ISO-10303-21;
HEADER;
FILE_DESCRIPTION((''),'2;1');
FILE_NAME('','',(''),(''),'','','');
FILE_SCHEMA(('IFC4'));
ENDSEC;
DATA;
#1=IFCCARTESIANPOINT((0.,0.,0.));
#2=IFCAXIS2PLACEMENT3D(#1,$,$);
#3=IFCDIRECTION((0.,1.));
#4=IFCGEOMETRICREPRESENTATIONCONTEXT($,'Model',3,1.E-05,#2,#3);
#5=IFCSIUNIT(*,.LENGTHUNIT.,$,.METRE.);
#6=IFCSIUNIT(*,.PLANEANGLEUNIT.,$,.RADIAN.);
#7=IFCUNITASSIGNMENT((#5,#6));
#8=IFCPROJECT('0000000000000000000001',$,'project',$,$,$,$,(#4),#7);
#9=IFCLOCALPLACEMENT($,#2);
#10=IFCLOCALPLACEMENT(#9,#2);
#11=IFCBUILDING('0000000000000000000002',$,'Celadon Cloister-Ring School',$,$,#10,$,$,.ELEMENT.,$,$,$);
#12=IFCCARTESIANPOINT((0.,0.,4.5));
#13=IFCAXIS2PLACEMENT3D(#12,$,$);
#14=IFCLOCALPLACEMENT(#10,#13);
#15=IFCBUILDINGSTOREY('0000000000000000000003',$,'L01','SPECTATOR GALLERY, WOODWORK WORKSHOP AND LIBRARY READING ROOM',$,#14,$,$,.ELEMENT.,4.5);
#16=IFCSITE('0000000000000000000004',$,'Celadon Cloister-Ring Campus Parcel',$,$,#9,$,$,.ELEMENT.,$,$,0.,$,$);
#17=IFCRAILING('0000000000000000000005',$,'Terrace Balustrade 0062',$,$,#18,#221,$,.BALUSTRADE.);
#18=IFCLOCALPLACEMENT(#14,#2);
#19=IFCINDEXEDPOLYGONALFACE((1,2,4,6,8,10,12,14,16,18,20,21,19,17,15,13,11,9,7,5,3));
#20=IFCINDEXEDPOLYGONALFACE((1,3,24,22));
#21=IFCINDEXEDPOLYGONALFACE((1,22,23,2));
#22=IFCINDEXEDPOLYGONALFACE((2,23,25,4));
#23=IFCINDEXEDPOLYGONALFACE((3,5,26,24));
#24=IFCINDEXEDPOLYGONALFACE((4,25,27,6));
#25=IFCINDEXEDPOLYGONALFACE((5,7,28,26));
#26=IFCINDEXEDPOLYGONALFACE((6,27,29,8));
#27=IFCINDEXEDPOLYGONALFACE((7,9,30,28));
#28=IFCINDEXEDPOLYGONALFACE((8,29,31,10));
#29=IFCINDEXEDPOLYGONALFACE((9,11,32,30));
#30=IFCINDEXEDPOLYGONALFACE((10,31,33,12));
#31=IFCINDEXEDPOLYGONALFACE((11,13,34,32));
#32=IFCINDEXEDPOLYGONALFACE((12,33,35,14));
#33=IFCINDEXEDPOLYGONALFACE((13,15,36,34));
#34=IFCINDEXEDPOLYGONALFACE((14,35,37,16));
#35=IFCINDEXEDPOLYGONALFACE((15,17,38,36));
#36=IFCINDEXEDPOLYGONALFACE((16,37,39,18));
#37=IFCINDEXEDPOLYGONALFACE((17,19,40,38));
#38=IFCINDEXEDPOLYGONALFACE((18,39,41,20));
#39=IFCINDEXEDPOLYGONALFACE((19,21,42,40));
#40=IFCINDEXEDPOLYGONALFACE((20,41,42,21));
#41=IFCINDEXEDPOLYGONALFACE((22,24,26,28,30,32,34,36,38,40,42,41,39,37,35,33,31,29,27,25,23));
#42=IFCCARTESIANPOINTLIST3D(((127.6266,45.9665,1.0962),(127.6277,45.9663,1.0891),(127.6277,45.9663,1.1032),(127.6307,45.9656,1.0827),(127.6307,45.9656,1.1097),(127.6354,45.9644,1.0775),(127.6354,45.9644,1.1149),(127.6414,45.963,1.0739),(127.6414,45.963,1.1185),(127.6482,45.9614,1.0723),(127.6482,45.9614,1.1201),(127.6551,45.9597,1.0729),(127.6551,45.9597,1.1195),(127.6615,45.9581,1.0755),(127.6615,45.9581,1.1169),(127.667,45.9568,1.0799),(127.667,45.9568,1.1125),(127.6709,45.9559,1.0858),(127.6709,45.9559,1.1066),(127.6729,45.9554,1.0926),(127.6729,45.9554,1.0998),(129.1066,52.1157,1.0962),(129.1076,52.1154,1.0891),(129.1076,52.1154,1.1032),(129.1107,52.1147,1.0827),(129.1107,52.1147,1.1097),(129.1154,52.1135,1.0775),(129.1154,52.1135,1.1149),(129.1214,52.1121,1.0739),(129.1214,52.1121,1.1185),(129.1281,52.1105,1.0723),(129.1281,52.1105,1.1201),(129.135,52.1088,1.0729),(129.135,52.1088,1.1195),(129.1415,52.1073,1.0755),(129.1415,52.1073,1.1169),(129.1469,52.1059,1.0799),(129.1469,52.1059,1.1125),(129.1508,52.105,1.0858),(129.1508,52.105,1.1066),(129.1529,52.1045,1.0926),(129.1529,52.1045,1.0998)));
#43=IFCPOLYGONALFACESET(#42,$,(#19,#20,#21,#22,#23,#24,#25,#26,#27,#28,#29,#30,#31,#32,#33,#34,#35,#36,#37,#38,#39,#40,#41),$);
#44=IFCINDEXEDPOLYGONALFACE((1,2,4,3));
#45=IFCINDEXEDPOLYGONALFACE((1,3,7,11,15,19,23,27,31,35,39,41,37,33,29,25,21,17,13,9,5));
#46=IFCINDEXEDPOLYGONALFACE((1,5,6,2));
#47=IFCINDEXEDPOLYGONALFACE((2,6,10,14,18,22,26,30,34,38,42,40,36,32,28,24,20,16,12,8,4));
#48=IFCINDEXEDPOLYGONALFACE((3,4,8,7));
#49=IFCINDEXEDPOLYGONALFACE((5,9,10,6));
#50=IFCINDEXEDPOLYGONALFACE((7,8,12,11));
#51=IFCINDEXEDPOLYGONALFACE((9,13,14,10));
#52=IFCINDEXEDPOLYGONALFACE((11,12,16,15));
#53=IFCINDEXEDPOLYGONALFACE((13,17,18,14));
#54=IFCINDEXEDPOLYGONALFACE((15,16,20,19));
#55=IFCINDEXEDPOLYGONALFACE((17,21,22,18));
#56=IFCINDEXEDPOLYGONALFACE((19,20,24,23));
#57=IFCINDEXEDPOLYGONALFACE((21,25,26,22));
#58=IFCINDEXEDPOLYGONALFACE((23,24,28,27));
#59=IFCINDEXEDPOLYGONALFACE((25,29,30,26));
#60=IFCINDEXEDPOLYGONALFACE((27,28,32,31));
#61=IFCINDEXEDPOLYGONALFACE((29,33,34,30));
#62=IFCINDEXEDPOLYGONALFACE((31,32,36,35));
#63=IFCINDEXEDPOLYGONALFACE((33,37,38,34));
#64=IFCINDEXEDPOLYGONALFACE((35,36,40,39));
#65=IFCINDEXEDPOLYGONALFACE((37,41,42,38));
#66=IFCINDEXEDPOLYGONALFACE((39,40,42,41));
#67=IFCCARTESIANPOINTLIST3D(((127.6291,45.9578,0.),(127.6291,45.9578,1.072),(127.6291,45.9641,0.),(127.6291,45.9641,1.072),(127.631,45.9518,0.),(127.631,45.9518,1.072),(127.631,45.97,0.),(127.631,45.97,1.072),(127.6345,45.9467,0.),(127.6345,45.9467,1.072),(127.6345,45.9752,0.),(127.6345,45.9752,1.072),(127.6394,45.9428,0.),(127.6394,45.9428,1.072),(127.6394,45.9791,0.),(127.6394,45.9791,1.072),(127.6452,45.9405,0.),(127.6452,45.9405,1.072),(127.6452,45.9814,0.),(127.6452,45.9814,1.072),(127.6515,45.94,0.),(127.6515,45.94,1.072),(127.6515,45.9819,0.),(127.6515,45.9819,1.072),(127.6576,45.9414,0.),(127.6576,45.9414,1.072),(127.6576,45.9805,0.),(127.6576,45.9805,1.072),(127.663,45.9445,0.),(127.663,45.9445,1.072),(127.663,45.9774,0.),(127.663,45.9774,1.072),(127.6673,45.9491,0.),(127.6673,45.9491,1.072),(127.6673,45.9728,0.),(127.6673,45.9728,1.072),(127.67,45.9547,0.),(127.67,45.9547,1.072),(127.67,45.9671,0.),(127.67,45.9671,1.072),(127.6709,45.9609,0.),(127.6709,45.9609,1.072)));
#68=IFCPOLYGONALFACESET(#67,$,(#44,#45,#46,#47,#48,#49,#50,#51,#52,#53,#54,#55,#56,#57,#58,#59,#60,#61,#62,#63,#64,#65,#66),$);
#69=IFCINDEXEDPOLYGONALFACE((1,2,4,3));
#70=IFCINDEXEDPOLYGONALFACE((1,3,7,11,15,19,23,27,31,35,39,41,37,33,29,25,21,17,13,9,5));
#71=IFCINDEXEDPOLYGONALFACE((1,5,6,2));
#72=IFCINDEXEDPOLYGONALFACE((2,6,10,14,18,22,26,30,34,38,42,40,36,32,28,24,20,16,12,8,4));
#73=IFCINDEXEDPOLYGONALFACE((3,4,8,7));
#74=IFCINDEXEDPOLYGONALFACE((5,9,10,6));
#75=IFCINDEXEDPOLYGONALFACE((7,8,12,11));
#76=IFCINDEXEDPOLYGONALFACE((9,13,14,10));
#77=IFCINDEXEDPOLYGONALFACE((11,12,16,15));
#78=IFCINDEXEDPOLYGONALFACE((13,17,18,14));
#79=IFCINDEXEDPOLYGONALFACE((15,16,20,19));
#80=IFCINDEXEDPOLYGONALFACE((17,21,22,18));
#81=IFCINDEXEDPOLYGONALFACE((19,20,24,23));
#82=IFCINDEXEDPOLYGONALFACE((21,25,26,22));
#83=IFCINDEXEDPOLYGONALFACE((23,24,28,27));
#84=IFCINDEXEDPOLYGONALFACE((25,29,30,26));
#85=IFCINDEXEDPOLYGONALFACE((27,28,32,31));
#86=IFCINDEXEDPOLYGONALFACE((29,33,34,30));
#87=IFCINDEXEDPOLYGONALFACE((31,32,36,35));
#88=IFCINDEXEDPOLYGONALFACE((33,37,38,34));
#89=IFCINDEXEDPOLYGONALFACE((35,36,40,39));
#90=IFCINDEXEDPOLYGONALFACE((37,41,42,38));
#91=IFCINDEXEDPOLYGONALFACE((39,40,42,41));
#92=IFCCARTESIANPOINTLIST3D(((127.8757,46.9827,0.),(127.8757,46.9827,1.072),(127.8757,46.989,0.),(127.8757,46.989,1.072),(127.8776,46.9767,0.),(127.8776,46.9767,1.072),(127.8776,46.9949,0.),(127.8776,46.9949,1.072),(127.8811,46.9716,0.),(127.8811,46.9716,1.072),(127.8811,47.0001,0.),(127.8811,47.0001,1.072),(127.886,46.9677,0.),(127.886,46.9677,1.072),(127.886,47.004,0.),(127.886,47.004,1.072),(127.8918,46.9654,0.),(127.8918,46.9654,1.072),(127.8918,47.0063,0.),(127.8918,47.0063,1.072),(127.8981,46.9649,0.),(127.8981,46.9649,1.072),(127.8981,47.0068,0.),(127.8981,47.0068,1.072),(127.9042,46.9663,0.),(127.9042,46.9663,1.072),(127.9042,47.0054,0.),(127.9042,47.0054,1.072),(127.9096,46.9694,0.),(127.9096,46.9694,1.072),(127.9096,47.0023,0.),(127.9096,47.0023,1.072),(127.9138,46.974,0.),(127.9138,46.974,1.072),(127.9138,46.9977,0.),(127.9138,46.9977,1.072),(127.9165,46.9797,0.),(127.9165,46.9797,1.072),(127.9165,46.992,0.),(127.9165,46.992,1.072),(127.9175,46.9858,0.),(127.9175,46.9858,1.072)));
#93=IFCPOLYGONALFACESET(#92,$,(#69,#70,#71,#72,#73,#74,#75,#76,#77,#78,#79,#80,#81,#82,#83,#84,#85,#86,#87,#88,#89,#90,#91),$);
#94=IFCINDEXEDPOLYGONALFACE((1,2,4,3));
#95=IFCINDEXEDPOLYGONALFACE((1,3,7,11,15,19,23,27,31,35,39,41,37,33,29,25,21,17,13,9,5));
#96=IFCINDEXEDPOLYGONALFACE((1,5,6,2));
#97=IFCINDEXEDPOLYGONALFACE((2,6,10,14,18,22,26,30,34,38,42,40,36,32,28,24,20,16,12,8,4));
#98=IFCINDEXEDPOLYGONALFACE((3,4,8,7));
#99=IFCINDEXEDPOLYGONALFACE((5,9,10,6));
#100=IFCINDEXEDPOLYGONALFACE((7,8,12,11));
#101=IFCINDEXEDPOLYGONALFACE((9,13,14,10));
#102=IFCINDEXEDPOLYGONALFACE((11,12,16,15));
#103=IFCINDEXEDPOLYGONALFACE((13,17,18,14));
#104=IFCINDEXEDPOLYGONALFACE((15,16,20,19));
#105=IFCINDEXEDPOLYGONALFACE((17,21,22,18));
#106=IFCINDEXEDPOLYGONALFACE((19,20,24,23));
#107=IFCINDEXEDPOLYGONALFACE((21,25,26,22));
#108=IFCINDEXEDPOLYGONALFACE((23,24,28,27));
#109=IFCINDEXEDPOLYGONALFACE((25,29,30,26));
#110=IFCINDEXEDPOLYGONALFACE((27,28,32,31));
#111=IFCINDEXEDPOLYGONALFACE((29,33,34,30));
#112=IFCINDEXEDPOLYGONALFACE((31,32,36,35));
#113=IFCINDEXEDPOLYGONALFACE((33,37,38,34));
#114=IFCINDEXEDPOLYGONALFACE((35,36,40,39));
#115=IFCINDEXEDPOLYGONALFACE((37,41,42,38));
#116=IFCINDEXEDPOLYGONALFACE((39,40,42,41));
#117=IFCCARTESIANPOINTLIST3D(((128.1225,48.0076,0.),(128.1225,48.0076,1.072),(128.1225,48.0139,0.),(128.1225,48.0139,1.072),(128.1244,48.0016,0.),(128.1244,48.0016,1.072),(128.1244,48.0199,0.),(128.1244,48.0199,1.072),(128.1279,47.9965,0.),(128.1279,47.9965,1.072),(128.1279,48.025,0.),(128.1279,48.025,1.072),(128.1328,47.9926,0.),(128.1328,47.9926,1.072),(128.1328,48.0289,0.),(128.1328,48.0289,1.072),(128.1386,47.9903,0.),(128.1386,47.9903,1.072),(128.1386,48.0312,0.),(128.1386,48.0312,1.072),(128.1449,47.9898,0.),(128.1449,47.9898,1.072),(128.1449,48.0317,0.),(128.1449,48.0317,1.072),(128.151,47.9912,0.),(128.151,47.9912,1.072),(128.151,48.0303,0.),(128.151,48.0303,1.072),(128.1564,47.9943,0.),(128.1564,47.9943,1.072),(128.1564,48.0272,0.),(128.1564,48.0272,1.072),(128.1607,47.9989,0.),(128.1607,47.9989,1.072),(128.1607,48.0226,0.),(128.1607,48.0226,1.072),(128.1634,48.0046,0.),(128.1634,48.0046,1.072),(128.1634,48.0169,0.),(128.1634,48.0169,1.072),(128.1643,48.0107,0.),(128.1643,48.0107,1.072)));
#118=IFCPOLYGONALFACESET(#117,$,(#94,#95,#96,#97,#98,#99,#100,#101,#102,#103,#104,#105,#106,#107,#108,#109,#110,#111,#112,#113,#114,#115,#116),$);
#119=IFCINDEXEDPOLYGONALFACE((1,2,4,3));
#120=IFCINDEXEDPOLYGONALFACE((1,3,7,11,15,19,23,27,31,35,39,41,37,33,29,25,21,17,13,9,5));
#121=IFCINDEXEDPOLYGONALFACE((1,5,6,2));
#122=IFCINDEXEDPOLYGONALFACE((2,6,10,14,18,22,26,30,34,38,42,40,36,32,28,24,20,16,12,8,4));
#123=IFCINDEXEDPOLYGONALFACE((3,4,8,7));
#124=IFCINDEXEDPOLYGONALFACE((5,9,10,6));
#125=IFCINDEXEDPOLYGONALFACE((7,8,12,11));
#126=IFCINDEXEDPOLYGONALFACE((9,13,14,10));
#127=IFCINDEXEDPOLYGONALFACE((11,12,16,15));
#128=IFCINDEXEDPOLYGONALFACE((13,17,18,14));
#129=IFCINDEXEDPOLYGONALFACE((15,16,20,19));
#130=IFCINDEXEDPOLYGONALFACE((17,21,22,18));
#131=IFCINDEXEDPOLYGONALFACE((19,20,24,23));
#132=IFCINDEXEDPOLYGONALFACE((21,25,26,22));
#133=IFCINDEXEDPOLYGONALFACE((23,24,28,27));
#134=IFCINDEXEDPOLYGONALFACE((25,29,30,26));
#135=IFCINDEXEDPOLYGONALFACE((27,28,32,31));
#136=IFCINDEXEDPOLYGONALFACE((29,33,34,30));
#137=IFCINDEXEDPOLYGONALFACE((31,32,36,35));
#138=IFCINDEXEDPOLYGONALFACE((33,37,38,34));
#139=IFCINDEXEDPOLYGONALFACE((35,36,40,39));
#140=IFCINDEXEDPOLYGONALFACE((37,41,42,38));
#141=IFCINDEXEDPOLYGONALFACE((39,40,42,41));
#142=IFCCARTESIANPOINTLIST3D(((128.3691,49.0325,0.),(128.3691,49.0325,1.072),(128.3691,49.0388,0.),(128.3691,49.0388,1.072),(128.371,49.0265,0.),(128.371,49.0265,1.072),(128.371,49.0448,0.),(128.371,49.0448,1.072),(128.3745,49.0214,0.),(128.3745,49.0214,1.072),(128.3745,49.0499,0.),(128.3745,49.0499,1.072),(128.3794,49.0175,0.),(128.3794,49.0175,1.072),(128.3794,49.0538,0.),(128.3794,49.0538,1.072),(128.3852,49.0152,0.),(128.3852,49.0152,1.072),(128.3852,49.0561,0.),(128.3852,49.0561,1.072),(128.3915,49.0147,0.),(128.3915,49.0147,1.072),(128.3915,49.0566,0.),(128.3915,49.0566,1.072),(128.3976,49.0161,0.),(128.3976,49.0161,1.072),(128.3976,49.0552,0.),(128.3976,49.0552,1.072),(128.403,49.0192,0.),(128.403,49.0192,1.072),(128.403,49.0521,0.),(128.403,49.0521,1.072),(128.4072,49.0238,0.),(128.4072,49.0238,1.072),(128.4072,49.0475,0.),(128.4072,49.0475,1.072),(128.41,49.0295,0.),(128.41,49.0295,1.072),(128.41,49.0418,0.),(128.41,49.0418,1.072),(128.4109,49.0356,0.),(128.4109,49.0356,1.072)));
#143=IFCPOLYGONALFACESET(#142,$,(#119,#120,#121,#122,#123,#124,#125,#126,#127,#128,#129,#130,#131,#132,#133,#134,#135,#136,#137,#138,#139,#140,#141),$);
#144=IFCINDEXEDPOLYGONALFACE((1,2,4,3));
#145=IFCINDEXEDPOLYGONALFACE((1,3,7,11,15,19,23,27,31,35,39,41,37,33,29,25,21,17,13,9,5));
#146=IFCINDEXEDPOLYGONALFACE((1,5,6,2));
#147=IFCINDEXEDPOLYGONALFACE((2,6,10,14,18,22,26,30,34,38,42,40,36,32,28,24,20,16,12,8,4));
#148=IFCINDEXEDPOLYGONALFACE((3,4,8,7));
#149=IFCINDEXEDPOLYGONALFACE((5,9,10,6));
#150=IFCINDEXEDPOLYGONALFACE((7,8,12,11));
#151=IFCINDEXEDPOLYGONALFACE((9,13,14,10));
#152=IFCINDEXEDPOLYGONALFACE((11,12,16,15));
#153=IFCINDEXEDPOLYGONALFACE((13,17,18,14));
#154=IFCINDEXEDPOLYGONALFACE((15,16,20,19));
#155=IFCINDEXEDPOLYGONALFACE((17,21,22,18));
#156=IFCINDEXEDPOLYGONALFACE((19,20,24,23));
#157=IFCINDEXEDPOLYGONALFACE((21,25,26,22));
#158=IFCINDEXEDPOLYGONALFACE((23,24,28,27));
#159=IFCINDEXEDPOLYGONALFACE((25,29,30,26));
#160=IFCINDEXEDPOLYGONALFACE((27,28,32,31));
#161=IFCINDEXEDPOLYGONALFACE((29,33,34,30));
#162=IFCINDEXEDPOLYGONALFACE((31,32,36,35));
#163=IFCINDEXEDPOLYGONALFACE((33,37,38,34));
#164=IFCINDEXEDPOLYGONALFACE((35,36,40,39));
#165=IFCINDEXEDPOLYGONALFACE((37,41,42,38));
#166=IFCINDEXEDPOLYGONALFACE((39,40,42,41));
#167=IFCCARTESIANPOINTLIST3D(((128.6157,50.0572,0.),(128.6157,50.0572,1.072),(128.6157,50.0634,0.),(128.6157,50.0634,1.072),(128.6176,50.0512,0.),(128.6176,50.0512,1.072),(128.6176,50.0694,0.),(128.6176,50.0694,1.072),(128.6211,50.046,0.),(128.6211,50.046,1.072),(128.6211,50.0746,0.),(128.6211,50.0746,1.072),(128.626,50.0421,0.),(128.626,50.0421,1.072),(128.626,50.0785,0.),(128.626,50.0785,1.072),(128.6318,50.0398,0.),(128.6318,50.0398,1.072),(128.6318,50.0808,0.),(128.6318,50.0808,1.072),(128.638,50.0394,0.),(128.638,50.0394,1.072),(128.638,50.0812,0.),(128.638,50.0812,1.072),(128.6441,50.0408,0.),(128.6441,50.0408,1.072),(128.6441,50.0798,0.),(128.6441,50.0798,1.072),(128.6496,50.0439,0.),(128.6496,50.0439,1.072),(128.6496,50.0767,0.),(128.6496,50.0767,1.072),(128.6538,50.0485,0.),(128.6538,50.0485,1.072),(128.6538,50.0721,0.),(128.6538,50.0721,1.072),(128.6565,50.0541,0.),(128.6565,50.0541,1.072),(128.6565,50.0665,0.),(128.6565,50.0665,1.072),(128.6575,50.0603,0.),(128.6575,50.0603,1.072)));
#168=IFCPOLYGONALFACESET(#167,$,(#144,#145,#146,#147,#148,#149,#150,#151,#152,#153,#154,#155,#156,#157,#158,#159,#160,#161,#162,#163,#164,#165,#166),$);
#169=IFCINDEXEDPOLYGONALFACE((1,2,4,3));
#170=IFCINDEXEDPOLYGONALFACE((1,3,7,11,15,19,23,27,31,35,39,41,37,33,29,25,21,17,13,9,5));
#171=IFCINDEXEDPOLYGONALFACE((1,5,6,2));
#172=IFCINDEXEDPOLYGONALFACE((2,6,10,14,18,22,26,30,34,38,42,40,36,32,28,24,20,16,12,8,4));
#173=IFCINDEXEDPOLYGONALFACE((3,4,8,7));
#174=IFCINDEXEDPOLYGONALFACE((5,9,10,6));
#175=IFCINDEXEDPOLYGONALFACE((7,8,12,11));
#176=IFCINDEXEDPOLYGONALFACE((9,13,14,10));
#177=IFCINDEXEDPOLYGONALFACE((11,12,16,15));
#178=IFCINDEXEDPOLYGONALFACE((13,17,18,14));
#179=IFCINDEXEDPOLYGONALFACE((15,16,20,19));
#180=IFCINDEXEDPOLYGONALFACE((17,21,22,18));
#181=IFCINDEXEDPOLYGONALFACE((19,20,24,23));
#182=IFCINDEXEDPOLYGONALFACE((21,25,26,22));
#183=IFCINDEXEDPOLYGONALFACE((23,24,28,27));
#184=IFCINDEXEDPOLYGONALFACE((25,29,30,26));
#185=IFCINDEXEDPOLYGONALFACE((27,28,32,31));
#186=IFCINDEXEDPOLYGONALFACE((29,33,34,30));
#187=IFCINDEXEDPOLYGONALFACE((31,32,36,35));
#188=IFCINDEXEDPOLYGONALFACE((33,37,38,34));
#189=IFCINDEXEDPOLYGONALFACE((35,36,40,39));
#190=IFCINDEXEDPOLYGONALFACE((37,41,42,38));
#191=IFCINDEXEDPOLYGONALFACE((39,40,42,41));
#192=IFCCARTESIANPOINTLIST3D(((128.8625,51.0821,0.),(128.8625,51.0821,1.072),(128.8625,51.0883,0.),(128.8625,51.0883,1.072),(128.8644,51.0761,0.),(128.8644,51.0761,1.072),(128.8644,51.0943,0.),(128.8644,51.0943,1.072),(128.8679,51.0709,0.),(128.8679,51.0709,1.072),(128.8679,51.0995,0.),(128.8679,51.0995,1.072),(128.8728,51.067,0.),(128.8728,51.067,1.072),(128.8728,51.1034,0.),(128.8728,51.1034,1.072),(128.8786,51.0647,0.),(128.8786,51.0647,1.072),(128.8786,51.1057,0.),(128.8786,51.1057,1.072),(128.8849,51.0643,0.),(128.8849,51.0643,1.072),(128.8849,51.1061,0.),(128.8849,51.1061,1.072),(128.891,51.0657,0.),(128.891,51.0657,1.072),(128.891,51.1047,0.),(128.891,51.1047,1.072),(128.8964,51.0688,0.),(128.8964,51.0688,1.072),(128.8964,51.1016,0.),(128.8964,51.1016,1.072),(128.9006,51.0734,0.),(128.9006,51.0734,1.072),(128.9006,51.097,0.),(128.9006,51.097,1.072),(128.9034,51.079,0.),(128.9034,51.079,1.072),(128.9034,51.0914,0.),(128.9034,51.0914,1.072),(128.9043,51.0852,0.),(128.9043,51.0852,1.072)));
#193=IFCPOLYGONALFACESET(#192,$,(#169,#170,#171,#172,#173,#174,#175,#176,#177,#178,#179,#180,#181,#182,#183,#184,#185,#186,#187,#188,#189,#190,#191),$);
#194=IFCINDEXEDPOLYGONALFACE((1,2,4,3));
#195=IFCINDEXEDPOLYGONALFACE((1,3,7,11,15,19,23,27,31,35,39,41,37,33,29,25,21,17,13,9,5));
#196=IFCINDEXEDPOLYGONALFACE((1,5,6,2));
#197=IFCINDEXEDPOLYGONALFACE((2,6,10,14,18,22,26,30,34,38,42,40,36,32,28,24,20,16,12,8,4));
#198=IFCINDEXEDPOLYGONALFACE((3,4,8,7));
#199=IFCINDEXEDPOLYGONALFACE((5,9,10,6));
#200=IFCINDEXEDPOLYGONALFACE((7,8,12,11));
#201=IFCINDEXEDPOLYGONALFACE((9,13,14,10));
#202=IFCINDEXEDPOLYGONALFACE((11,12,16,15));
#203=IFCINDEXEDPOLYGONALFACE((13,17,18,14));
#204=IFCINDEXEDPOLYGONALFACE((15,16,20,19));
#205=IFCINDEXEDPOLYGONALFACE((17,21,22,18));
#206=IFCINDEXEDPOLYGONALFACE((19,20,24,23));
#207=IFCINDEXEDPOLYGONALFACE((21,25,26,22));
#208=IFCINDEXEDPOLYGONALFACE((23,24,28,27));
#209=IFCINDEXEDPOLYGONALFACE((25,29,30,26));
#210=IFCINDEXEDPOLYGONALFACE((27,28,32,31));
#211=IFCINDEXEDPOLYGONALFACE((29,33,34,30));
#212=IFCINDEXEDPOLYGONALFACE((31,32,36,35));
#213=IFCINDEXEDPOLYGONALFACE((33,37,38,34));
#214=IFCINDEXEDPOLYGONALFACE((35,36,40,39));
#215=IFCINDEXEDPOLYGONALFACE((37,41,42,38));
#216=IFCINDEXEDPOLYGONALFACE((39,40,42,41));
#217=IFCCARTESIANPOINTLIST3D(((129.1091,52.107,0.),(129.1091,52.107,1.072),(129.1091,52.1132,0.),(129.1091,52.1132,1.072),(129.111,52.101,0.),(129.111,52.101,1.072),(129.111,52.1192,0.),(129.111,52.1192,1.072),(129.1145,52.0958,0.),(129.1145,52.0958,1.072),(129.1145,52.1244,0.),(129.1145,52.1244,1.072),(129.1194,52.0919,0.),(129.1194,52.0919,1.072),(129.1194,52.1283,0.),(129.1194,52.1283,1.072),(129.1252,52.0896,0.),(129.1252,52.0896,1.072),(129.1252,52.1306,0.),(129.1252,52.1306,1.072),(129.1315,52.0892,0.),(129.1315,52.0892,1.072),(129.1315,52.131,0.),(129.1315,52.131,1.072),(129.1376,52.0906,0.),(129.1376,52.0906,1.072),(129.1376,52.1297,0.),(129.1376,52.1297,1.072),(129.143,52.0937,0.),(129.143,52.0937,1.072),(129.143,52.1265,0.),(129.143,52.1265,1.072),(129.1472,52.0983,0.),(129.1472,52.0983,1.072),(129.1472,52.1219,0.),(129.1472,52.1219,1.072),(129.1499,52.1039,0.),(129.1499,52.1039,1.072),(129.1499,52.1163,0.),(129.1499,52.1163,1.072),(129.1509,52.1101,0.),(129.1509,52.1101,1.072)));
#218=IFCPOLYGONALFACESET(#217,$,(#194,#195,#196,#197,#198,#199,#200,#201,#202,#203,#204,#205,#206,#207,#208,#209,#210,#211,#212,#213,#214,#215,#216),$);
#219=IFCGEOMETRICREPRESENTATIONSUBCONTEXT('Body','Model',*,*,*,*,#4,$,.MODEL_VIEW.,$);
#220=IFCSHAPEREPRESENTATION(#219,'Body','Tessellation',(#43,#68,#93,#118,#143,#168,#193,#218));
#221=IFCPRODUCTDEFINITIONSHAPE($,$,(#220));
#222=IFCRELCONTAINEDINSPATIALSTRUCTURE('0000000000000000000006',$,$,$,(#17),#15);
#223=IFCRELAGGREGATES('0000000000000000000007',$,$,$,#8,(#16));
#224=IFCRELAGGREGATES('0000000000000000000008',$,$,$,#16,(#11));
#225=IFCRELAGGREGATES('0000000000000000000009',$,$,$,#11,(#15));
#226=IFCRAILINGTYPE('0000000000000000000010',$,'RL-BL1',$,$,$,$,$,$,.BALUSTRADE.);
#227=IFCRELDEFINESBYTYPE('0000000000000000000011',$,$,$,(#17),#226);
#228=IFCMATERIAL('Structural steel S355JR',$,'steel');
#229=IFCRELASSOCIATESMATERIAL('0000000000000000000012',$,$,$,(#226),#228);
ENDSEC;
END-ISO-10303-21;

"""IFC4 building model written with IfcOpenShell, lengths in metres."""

from ifc_helpers import new_model, si_unit, direction, frame, origin, origin_2d, place, context, subcontext, project, spatial, circle, extrude, material, type_object, element, save


model = new_model("IFC4")

# Units and contexts
model_context = context("Model", 3, precision=1e-05, world=origin(), true_north=direction((0.0, 1.0)))
body_context = subcontext(model_context, "Body", "Model", "MODEL_VIEW")
ifc_project = project(units=[si_unit("LENGTHUNIT", "METRE"), si_unit("PLANEANGLEUNIT", "RADIAN")], contexts=[model_context])

# Site, building, storey
site_placement = place(None, origin())
site = spatial("IfcSite", under=ifc_project, at=site_placement, Name="Celadon Cloister-Ring Campus Parcel", CompositionType="ELEMENT", RefElevation=0.0)
building_placement = place(site_placement, origin())
building = spatial("IfcBuilding", under=site, at=building_placement, Name="Celadon Cloister-Ring School", CompositionType="ELEMENT")
storey_placement = place(building_placement, frame((0.0, 0.0, 4.5)))
storey = spatial("IfcBuildingStorey", under=building, at=storey_placement, Name="L01", Description="SPECTATOR GALLERY, WOODWORK WORKSHOP AND LIBRARY READING ROOM", CompositionType="ELEMENT", Elevation=4.5)

# Railing
ifc_material_1 = material(Name="Structural steel S355JR", Category="steel")
railing_type = type_object("IfcRailingType", Name="RL-BL1", PredefinedType="BALUSTRADE", material=ifc_material_1)
railing_placement = place(storey_placement, frame((127.6499, 45.9609, 0.0)))
element("IfcRailing", 1, at=railing_placement, inside=storey, type_object=railing_type, Name="Terrace Balustrade 0062", PredefinedType="BALUSTRADE", context=body_context, shape_type="SweptSolid", body=[
    extrude(circle(Radius=0.0239, at=origin_2d()), frame((0.0, 0.0, 1.0962), z_axis=(0.233998, 0.972237, 0.0), x_axis=(-0.972237, 0.233998, 0.0)), (0.0, 0.0, 1.0), 6.3247),
    extrude(circle(Radius=0.021, at=origin_2d()), origin(), (0.0, 0.0, 1.0), 1.072),
    extrude(circle(Radius=0.021, at=origin_2d()), frame((0.2466, 1.0249, 0.0)), (0.0, 0.0, 1.0), 1.072),
    extrude(circle(Radius=0.021, at=origin_2d()), frame((0.4934, 2.0498, 0.0)), (0.0, 0.0, 1.0), 1.072),
    extrude(circle(Radius=0.021, at=origin_2d()), frame((0.74, 3.0747, 0.0)), (0.0, 0.0, 1.0), 1.072),
    extrude(circle(Radius=0.021, at=origin_2d()), frame((0.9866, 4.0994, 0.0)), (0.0, 0.0, 1.0), 1.072),
    extrude(circle(Radius=0.021, at=origin_2d()), frame((1.2334, 5.1243, 0.0)), (0.0, 0.0, 1.0), 1.072),
    extrude(circle(Radius=0.021, at=origin_2d()), frame((1.48, 6.1492, 0.0)), (0.0, 0.0, 1.0), 1.072),
])

save(model, "model.ifc")
